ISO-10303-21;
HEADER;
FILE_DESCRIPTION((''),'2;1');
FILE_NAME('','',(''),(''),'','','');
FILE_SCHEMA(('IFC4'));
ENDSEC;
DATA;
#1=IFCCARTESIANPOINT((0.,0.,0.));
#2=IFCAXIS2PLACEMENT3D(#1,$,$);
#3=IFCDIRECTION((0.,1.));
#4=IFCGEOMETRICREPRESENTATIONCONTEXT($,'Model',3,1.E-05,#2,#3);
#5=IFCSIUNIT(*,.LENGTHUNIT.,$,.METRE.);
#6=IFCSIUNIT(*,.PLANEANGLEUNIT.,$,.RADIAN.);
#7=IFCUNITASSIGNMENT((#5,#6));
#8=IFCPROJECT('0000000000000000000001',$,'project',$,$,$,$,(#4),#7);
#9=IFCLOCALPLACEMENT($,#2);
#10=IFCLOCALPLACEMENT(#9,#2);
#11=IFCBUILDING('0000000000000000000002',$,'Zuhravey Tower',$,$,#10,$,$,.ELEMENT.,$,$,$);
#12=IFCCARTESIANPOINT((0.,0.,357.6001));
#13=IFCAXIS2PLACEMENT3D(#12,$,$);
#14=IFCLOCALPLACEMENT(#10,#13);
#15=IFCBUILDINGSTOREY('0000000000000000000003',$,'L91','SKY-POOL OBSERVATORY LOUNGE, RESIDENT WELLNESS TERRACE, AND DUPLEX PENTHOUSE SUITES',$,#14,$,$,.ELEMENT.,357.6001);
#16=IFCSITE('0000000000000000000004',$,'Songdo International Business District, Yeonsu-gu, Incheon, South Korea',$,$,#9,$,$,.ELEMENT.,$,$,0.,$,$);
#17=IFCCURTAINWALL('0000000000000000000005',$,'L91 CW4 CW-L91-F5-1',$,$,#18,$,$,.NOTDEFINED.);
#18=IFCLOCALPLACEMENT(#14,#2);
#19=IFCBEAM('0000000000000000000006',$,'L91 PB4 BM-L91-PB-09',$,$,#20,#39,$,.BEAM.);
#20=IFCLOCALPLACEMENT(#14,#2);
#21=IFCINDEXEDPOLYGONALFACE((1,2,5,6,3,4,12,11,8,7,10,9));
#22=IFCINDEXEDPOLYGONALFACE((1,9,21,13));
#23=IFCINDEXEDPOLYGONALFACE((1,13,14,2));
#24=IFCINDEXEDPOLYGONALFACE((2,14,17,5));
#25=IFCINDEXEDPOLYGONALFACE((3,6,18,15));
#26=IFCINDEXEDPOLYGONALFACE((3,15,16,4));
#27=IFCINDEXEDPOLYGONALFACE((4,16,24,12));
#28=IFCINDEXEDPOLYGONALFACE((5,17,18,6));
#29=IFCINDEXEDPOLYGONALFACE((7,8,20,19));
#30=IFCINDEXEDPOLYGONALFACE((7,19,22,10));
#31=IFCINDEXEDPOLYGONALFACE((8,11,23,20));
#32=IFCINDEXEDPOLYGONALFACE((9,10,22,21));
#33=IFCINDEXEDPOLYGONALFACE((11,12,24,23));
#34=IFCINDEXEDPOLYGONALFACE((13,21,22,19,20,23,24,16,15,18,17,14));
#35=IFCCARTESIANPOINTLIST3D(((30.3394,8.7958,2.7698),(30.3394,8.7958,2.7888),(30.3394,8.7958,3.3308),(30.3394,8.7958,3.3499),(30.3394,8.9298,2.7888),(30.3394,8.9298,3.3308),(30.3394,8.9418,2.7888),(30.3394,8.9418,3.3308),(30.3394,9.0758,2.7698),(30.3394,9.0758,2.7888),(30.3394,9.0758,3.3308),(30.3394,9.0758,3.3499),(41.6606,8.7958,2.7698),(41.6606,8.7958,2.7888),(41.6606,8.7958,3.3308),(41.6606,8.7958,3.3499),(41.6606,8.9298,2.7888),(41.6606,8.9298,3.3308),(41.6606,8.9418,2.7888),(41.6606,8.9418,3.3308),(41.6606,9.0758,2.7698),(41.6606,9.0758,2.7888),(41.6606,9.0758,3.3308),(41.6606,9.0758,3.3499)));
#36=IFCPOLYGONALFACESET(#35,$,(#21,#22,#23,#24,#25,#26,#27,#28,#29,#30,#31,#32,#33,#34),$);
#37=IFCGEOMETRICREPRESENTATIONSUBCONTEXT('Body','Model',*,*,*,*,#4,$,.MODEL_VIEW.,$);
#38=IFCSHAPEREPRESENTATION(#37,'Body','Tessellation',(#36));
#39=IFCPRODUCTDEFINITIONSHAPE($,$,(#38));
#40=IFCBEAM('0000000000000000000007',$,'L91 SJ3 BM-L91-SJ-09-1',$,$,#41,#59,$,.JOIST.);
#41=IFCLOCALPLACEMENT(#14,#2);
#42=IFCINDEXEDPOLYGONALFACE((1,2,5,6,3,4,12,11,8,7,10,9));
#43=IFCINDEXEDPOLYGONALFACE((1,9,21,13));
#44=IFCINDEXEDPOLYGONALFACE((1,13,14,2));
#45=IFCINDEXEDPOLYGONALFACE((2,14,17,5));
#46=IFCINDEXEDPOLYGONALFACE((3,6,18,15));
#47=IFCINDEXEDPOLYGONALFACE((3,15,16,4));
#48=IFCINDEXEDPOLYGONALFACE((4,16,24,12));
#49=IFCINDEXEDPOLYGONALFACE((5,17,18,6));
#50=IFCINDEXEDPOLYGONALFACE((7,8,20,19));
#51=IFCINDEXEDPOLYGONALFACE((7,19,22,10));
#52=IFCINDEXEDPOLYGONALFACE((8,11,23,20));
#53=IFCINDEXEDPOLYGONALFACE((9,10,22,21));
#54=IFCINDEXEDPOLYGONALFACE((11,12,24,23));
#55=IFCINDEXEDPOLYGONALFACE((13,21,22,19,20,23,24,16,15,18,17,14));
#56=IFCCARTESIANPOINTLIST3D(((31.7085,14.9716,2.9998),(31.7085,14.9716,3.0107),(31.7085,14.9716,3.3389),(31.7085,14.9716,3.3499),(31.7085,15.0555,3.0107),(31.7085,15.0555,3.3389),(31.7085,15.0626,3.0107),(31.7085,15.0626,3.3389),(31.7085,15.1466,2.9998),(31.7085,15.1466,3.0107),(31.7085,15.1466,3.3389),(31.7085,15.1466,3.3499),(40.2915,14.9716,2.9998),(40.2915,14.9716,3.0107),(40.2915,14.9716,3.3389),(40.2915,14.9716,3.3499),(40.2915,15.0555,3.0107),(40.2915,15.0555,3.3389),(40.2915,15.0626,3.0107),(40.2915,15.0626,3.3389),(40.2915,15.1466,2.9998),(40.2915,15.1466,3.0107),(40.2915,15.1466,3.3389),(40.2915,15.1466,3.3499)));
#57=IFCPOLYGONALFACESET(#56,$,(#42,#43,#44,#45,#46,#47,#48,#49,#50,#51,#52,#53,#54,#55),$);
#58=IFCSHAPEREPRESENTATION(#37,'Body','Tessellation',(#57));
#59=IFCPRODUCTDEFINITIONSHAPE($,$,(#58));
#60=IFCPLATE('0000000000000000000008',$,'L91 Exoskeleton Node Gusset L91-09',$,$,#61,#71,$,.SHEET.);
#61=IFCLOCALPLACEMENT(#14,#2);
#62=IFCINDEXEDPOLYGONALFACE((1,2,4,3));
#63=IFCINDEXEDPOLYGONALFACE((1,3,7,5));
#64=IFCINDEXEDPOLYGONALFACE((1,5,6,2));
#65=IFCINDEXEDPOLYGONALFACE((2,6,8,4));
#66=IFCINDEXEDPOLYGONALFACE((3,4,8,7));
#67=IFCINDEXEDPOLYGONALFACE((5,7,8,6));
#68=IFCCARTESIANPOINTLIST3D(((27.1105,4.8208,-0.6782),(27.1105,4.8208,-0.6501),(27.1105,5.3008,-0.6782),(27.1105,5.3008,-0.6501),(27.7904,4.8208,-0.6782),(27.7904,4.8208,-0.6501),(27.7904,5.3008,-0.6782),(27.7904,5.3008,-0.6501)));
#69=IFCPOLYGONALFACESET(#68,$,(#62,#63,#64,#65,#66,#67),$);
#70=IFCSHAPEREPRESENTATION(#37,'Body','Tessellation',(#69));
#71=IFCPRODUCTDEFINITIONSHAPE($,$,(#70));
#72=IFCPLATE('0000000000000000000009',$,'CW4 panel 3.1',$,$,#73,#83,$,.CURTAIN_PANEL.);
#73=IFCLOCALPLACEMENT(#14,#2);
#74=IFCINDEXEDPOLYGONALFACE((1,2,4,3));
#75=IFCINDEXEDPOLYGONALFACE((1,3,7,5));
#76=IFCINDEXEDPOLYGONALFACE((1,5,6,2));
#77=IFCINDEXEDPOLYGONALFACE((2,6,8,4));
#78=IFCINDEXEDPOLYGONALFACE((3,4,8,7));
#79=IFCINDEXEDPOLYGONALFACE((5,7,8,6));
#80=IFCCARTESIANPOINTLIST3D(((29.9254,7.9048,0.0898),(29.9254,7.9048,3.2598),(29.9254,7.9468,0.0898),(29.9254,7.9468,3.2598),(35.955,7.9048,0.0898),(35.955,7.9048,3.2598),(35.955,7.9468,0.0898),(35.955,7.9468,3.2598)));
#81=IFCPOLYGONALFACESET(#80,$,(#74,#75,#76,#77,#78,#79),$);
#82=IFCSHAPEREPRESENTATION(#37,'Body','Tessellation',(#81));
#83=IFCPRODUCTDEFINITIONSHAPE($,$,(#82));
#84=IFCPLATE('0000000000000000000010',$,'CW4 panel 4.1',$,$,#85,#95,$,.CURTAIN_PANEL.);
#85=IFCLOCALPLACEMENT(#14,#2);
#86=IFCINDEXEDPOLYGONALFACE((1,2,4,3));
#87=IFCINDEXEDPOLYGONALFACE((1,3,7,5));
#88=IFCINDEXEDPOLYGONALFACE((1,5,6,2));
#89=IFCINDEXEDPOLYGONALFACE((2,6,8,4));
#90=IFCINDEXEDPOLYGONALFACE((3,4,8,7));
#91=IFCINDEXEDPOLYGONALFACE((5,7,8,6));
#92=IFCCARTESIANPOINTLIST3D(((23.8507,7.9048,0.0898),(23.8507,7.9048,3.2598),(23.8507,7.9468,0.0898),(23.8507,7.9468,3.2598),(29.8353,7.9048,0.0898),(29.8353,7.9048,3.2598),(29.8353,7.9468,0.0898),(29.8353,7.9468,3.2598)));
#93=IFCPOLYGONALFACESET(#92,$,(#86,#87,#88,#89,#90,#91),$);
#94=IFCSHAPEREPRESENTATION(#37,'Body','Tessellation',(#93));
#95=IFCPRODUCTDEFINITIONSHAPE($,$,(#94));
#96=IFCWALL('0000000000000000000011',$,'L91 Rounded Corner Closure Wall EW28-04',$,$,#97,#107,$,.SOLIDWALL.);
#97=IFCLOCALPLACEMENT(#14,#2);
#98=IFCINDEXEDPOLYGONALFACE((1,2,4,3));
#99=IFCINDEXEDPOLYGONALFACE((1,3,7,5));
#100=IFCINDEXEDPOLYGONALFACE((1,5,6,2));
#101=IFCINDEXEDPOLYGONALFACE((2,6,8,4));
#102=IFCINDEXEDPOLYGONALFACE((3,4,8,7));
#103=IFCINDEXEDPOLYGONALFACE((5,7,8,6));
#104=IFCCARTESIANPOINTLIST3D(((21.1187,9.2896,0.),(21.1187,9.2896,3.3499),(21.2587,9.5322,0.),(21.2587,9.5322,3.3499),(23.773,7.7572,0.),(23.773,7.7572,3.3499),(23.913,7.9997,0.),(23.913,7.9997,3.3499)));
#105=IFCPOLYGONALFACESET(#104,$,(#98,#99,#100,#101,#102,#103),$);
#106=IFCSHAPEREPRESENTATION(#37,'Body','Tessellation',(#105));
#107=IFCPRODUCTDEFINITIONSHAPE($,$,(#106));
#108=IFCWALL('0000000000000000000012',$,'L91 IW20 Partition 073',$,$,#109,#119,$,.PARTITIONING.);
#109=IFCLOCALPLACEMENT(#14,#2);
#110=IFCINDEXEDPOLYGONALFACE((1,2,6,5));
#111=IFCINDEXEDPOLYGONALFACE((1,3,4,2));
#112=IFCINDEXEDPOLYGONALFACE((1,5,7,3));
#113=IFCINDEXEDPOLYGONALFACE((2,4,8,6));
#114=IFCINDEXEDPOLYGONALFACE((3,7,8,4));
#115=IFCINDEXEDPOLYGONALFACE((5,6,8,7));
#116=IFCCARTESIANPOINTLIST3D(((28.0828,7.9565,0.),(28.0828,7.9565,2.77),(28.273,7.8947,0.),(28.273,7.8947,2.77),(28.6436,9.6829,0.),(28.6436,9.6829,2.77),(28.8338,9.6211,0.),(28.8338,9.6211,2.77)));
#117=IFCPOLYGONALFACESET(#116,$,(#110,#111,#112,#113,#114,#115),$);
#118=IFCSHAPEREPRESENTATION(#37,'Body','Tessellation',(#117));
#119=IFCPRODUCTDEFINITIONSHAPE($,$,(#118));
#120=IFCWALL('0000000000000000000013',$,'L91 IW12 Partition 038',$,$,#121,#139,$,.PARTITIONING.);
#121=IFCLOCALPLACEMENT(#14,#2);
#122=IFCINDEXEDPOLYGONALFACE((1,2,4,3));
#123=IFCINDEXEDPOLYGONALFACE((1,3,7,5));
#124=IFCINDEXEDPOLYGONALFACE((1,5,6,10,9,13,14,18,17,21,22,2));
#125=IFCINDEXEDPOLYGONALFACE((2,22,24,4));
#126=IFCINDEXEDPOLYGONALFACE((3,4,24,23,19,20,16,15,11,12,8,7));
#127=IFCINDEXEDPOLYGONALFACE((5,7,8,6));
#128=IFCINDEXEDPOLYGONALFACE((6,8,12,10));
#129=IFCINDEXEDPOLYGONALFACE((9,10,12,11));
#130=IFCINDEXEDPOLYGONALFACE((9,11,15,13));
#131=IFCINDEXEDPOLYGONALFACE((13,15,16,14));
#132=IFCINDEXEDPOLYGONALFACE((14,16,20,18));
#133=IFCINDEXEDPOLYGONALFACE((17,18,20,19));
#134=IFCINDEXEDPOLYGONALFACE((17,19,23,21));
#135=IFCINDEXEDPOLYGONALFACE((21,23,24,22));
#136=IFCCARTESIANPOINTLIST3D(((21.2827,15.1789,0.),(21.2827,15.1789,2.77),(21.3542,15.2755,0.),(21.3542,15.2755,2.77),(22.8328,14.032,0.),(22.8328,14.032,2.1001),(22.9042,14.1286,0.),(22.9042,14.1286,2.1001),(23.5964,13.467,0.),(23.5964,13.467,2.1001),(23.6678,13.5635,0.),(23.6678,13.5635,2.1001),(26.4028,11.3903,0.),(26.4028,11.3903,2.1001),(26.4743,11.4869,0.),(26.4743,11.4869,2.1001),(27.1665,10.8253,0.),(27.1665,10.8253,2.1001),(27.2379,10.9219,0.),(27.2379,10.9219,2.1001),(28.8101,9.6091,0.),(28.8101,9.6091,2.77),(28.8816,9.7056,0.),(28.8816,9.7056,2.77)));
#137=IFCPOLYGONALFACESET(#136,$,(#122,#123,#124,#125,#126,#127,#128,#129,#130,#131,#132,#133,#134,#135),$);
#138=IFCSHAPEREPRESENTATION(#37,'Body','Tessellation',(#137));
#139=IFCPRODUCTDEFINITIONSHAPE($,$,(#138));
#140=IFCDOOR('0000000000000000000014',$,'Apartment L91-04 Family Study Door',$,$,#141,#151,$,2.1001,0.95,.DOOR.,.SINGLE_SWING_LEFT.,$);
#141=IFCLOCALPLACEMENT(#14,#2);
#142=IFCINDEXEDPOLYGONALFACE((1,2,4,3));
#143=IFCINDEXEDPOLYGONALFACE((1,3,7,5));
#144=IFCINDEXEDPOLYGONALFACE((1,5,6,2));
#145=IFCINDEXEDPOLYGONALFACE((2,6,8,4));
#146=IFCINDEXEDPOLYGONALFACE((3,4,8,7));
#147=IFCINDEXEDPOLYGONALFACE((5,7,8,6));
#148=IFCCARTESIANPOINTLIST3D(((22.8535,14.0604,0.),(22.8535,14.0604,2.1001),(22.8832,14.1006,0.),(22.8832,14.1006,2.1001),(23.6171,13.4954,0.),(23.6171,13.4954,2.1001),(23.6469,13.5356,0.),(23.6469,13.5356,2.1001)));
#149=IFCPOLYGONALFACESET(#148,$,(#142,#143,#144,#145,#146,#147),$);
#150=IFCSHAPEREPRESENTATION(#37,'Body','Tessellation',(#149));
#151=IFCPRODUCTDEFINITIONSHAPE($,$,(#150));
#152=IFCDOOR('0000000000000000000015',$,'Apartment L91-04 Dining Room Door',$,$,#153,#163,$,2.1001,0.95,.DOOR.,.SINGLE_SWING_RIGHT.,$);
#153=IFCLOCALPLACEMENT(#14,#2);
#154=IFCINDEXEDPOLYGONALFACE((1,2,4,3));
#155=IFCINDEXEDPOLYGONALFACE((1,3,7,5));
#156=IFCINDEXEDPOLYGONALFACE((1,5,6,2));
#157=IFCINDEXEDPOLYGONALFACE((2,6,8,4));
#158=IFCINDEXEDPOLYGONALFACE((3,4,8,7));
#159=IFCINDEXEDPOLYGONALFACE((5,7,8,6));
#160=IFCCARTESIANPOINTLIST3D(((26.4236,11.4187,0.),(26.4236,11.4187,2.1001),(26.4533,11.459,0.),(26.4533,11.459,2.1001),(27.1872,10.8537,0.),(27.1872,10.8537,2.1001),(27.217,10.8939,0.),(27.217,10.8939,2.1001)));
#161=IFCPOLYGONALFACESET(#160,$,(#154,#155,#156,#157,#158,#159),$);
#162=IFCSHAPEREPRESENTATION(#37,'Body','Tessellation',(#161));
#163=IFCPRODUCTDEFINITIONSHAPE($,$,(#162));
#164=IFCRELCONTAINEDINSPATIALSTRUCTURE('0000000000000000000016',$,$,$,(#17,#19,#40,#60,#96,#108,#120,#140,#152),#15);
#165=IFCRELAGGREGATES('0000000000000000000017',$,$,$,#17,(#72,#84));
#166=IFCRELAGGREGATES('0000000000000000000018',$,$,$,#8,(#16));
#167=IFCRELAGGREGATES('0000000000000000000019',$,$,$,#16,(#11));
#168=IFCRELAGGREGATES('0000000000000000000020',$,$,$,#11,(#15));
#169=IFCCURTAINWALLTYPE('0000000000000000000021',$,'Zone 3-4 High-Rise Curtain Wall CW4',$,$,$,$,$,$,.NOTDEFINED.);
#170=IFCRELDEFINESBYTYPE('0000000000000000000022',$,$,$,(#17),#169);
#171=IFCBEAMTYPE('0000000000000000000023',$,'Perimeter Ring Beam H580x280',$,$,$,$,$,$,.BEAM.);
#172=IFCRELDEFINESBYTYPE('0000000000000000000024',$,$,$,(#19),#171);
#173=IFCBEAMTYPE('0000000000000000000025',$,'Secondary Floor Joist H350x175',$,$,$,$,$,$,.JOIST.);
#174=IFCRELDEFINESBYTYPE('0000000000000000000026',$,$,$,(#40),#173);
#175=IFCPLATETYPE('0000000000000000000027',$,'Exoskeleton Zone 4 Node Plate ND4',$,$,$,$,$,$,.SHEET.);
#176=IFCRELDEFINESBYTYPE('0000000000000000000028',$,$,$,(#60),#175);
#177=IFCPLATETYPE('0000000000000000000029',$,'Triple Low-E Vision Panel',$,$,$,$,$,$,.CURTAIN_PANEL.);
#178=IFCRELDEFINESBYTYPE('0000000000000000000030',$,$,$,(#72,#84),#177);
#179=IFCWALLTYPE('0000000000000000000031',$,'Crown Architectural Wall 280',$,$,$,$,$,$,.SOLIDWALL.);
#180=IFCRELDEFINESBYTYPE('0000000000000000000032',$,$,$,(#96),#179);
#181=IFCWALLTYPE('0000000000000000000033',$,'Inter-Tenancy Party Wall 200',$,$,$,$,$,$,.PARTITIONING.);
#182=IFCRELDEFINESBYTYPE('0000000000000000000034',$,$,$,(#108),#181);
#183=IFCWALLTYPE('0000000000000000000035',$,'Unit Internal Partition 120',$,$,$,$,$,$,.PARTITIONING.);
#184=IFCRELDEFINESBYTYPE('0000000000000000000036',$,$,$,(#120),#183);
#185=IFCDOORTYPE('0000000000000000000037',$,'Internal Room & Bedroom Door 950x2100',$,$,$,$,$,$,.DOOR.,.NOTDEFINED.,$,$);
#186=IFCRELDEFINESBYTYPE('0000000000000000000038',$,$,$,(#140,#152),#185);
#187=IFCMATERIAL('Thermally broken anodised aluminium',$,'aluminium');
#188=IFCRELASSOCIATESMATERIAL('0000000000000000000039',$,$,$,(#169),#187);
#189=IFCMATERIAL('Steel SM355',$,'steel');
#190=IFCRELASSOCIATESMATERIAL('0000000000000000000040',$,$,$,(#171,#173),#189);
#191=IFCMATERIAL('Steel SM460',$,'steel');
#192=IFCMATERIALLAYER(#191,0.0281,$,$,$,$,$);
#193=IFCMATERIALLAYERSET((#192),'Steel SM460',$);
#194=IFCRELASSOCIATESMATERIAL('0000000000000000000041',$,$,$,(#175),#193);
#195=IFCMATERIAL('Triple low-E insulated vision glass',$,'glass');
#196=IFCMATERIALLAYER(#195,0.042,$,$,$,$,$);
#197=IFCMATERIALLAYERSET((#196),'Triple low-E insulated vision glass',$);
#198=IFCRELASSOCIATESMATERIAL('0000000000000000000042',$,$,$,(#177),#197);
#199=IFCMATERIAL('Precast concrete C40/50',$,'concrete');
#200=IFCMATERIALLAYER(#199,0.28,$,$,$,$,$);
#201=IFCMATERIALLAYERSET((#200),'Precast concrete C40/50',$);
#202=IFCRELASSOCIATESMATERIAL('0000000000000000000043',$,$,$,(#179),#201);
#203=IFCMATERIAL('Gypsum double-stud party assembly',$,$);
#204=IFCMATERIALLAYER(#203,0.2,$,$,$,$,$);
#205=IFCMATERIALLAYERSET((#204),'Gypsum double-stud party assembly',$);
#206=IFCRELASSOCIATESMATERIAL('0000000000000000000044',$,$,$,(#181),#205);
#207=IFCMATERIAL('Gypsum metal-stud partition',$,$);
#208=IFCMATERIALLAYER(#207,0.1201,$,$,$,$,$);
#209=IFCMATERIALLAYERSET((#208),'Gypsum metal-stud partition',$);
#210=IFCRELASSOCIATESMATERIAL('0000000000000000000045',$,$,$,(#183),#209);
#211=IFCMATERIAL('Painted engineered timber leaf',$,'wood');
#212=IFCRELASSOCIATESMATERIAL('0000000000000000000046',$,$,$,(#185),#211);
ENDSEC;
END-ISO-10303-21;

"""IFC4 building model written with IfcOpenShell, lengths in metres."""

from ifc_helpers import new_model, si_unit, direction, frame, frame_2d, origin, origin_2d, place, context, subcontext, project, spatial, rectangle, i_section, extrude, material, layer, layer_set, material_profile, profile_set, type_object, element, fill, aggregate, save


model = new_model("IFC4")

# Units and contexts
model_context = context("Model", 3, precision=1e-05, world=origin(), true_north=direction((0.0, 1.0)))
body_context = subcontext(model_context, "Body", "Model", "MODEL_VIEW")
ifc_project = project(units=[si_unit("LENGTHUNIT", "METRE"), si_unit("PLANEANGLEUNIT", "RADIAN")], contexts=[model_context])

# Site, building, storey
site_placement = place(None, origin())
site = spatial("IfcSite", under=ifc_project, at=site_placement, Name="Songdo International Business District, Yeonsu-gu, Incheon, South Korea", CompositionType="ELEMENT", RefElevation=0.0)
building_placement = place(site_placement, origin())
building = spatial("IfcBuilding", under=site, at=building_placement, Name="Zuhravey Tower", CompositionType="ELEMENT")
storey_placement = place(building_placement, frame((0.0, 0.0, 357.6001)))
storey = spatial("IfcBuildingStorey", under=building, at=storey_placement, Name="L91", Description="SKY-POOL OBSERVATORY LOUNGE, RESIDENT WELLNESS TERRACE, AND DUPLEX PENTHOUSE SUITES", CompositionType="ELEMENT", Elevation=357.6001)

# Curtain wall
ifc_material_1 = material(Name="Thermally broken anodised aluminium", Category="aluminium")
curtain_wall_type = type_object("IfcCurtainWallType", Name="Zone 3-4 High-Rise Curtain Wall CW4", PredefinedType="NOTDEFINED", material=ifc_material_1)
curtain_wall_1_placement = place(storey_placement, origin())
curtain_wall_1 = element("IfcCurtainWall", 1, at=curtain_wall_1_placement, inside=storey, type_object=curtain_wall_type, Name="L91 CW4 CW-L91-F5-1", PredefinedType="NOTDEFINED")

# Shared definitions
ifc_material_2 = material(Name="Steel SM355", Category="steel")

# Beams
ifc_material_profile_1 = material_profile(ifc_material_2, i_section(OverallWidth=0.28, OverallDepth=0.5801, WebThickness=0.012, FlangeThickness=0.019, at=origin_2d()), Name="H-580x280x12x19")
ifc_profile_set_1 = profile_set([ifc_material_profile_1], Name="Steel SM355")
beam_type_1 = type_object("IfcBeamType", Name="Perimeter Ring Beam H580x280", PredefinedType="BEAM", material=ifc_profile_set_1)
beam_1_placement = place(storey_placement, frame((30.3394, 8.9358, 3.0598), z_axis=(1.0, 0.0, 0.0), x_axis=(0.0, 1.0, 0.0)))
element("IfcBeam", 2, at=beam_1_placement, inside=storey, type_object=beam_type_1, Name="L91 PB4 BM-L91-PB-09", PredefinedType="BEAM", context=body_context, shape_type="SweptSolid", body=[
    extrude(i_section(OverallWidth=0.28, OverallDepth=0.5801, WebThickness=0.012, FlangeThickness=0.019, at=origin_2d()), origin(), (0.0, 0.0, 1.0), 11.3213),
])
ifc_material_profile_2 = material_profile(ifc_material_2, i_section(OverallWidth=0.175, OverallDepth=0.3501, WebThickness=0.0071, FlangeThickness=0.011, at=origin_2d()), Name="H-350x175x7x11")
ifc_profile_set_2 = profile_set([ifc_material_profile_2], Name="Steel SM355")
beam_type_2 = type_object("IfcBeamType", Name="Secondary Floor Joist H350x175", PredefinedType="JOIST", material=ifc_profile_set_2)
beam_2_placement = place(storey_placement, frame((31.7085, 15.0591, 3.1748), z_axis=(1.0, 0.0, 0.0), x_axis=(0.0, 1.0, 0.0)))
element("IfcBeam", 3, at=beam_2_placement, inside=storey, type_object=beam_type_2, Name="L91 SJ3 BM-L91-SJ-09-1", PredefinedType="JOIST", context=body_context, shape_type="SweptSolid", body=[
    extrude(i_section(OverallWidth=0.175, OverallDepth=0.3501, WebThickness=0.0071, FlangeThickness=0.011, at=origin_2d()), origin(), (0.0, 0.0, 1.0), 8.583),
])

# Plates
ifc_material_3 = material(Name="Steel SM460", Category="steel")
ifc_layer_1 = layer(ifc_material_3, 0.0281)
ifc_layer_set_1 = layer_set([ifc_layer_1], Name="Steel SM460")
plate_type_1 = type_object("IfcPlateType", Name="Exoskeleton Zone 4 Node Plate ND4", PredefinedType="SHEET", material=ifc_layer_set_1)
plate_1_placement = place(storey_placement, frame((27.4504, 5.0608, -0.6782), z_axis=(0.0, 0.0, 1.0), x_axis=(1.0, 0.0, 0.0)))
element("IfcPlate", 4, at=plate_1_placement, inside=storey, type_object=plate_type_1, Name="L91 Exoskeleton Node Gusset L91-09", PredefinedType="SHEET", context=body_context, shape_type="SweptSolid", body=[
    extrude(rectangle(XDim=0.6799, YDim=0.48, at=origin_2d()), origin(), (0.0, 0.0, 1.0), 0.0281),
])
ifc_material_4 = material(Name="Triple low-E insulated vision glass", Category="glass")
ifc_layer_2 = layer(ifc_material_4, 0.042)
ifc_layer_set_2 = layer_set([ifc_layer_2], Name="Triple low-E insulated vision glass")
plate_type_2 = type_object("IfcPlateType", Name="Triple Low-E Vision Panel", PredefinedType="CURTAIN_PANEL", material=ifc_layer_set_2)
plate_2_placement = place(storey_placement, frame((32.9402, 7.9258, 0.0898), z_axis=(0.0, 0.0, 1.0), x_axis=(-1.0, 0.0, 0.0)))
plate_2 = element("IfcPlate", 5, at=plate_2_placement, type_object=plate_type_2, Name="CW4 panel 3.1", PredefinedType="CURTAIN_PANEL", context=body_context, shape_type="SweptSolid", body=[
    extrude(rectangle(XDim=6.0295, YDim=0.042, at=origin_2d()), origin(), (0.0, 0.0, 1.0), 3.1699),
])
plate_3_placement = place(storey_placement, frame((26.843, 7.9258, 0.0898), z_axis=(0.0, 0.0, 1.0), x_axis=(-1.0, 0.0, 0.0)))
plate_3 = element("IfcPlate", 6, at=plate_3_placement, type_object=plate_type_2, Name="CW4 panel 4.1", PredefinedType="CURTAIN_PANEL", context=body_context, shape_type="SweptSolid", body=[
    extrude(rectangle(XDim=5.9846, YDim=0.042, at=origin_2d()), origin(), (0.0, 0.0, 1.0), 3.1699),
])
aggregate(curtain_wall_1, [plate_2, plate_3])

# Walls
ifc_material_5 = material(Name="Precast concrete C40/50", Category="concrete")
ifc_layer_3 = layer(ifc_material_5, 0.28)
ifc_layer_set_3 = layer_set([ifc_layer_3], Name="Precast concrete C40/50")
wall_type_1 = type_object("IfcWallType", Name="Crown Architectural Wall 280", PredefinedType="SOLIDWALL", material=ifc_layer_set_3)
wall_1_placement = place(storey_placement, frame((23.843, 7.8784, 0.0), z_axis=(0.0, 0.0, 1.0), x_axis=(-0.866024, 0.500003, 0.0)))
element("IfcWall", 7, at=wall_1_placement, inside=storey, type_object=wall_type_1, Name="L91 Rounded Corner Closure Wall EW28-04", PredefinedType="SOLIDWALL", context=body_context, shape_type="SweptSolid", body=[
    extrude(rectangle(XDim=3.0649, YDim=0.28, at=frame_2d((1.5325, 0.0))), origin(), (0.0, 0.0, 1.0), 3.3499),
])
ifc_material_6 = material(Name="Gypsum double-stud party assembly")
ifc_layer_4 = layer(ifc_material_6, 0.2)
ifc_layer_set_4 = layer_set([ifc_layer_4], Name="Gypsum double-stud party assembly")
wall_type_2 = type_object("IfcWallType", Name="Inter-Tenancy Party Wall 200", PredefinedType="PARTITIONING", material=ifc_layer_set_4)
wall_2_placement = place(storey_placement, frame((28.7388, 9.6521, 0.0), z_axis=(0.0, 0.0, 1.0), x_axis=(-0.308955, -0.951077, 0.0)))
element("IfcWall", 8, at=wall_2_placement, inside=storey, type_object=wall_type_2, Name="L91 IW20 Partition 073", PredefinedType="PARTITIONING", context=body_context, shape_type="SweptSolid", body=[
    extrude(rectangle(XDim=1.8152, YDim=0.2, at=frame_2d((0.9077, 0.0))), origin(), (0.0, 0.0, 1.0), 2.77),
])

# Wall, openings, doors
ifc_material_7 = material(Name="Gypsum metal-stud partition")
ifc_layer_5 = layer(ifc_material_7, 0.1201)
ifc_layer_set_5 = layer_set([ifc_layer_5], Name="Gypsum metal-stud partition")
wall_type_3 = type_object("IfcWallType", Name="Unit Internal Partition 120", PredefinedType="PARTITIONING", material=ifc_layer_set_5)
wall_3_placement = place(storey_placement, frame((21.3184, 15.2273, 0.0), z_axis=(0.0, 0.0, 1.0), x_axis=(0.803863, -0.594815, 0.0)))
wall_3 = element("IfcWall", 9, at=wall_3_placement, inside=storey, type_object=wall_type_3, Name="L91 IW12 Partition 038", PredefinedType="PARTITIONING", context=body_context, shape_type="SweptSolid", body=[
    extrude(rectangle(XDim=9.364, YDim=0.1201, at=frame_2d((4.6821, 0.0))), origin(), (0.0, 0.0, 1.0), 2.77),
])
opening_1_placement = place(wall_3_placement, frame((1.9282, 0.0, 0.0)))
opening_1 = element("IfcOpeningElement", 10, at=opening_1_placement, cuts=wall_3, PredefinedType="OPENING", context=body_context, shape_type="SweptSolid", body=[
    extrude(rectangle(XDim=0.95, YDim=2.1001, at=frame_2d((0.4751, 1.05))), frame((0.0, 0.072, 0.0), z_axis=(0.0, -1.0, 0.0), x_axis=(1.0, 0.0, 0.0)), (0.0, 0.0, 1.0), 0.144),
])
opening_2_placement = place(wall_3_placement, frame((6.3694, 0.0, 0.0)))
opening_2 = element("IfcOpeningElement", 11, at=opening_2_placement, cuts=wall_3, PredefinedType="OPENING", context=body_context, shape_type="SweptSolid", body=[
    extrude(rectangle(XDim=0.95, YDim=2.1001, at=frame_2d((0.4751, 1.05))), frame((0.0, 0.072, 0.0), z_axis=(0.0, -1.0, 0.0), x_axis=(1.0, 0.0, 0.0)), (0.0, 0.0, 1.0), 0.144),
])
ifc_material_8 = material(Name="Painted engineered timber leaf", Category="wood")
door_type = type_object("IfcDoorType", Name="Internal Room & Bedroom Door 950x2100", OperationType="NOTDEFINED", PredefinedType="DOOR", material=ifc_material_8)
door_1_placement = place(opening_1_placement, frame((0.95, 0.0, 0.0), z_axis=(0.0, 0.0, 1.0), x_axis=(-1.0, 0.0, 0.0)))
door_1 = element("IfcDoor", 12, at=door_1_placement, inside=storey, type_object=door_type, Name="Apartment L91-04 Family Study Door", OperationType="SINGLE_SWING_LEFT", OverallHeight=2.1001, OverallWidth=0.95, PredefinedType="DOOR", context=body_context, shape_type="SweptSolid", body=[
    extrude(rectangle(XDim=0.95, YDim=2.1001, at=frame_2d((0.4751, 1.05))), frame((0.0, 0.0249, 0.0), z_axis=(0.0, -1.0, 0.0), x_axis=(1.0, 0.0, 0.0)), (0.0, 0.0, 1.0), 0.05),
])
fill(opening_1, door_1)
door_2_placement = place(opening_2_placement, frame((0.95, 0.0, 0.0), z_axis=(0.0, 0.0, 1.0), x_axis=(-1.0, 0.0, 0.0)))
door_2 = element("IfcDoor", 13, at=door_2_placement, inside=storey, type_object=door_type, Name="Apartment L91-04 Dining Room Door", OperationType="SINGLE_SWING_RIGHT", OverallHeight=2.1001, OverallWidth=0.95, PredefinedType="DOOR", context=body_context, shape_type="SweptSolid", body=[
    extrude(rectangle(XDim=0.95, YDim=2.1001, at=frame_2d((0.4751, 1.05))), frame((0.0, 0.0249, 0.0), z_axis=(0.0, -1.0, 0.0), x_axis=(1.0, 0.0, 0.0)), (0.0, 0.0, 1.0), 0.05),
])
fill(opening_2, door_2)

save(model, "model.ifc")
